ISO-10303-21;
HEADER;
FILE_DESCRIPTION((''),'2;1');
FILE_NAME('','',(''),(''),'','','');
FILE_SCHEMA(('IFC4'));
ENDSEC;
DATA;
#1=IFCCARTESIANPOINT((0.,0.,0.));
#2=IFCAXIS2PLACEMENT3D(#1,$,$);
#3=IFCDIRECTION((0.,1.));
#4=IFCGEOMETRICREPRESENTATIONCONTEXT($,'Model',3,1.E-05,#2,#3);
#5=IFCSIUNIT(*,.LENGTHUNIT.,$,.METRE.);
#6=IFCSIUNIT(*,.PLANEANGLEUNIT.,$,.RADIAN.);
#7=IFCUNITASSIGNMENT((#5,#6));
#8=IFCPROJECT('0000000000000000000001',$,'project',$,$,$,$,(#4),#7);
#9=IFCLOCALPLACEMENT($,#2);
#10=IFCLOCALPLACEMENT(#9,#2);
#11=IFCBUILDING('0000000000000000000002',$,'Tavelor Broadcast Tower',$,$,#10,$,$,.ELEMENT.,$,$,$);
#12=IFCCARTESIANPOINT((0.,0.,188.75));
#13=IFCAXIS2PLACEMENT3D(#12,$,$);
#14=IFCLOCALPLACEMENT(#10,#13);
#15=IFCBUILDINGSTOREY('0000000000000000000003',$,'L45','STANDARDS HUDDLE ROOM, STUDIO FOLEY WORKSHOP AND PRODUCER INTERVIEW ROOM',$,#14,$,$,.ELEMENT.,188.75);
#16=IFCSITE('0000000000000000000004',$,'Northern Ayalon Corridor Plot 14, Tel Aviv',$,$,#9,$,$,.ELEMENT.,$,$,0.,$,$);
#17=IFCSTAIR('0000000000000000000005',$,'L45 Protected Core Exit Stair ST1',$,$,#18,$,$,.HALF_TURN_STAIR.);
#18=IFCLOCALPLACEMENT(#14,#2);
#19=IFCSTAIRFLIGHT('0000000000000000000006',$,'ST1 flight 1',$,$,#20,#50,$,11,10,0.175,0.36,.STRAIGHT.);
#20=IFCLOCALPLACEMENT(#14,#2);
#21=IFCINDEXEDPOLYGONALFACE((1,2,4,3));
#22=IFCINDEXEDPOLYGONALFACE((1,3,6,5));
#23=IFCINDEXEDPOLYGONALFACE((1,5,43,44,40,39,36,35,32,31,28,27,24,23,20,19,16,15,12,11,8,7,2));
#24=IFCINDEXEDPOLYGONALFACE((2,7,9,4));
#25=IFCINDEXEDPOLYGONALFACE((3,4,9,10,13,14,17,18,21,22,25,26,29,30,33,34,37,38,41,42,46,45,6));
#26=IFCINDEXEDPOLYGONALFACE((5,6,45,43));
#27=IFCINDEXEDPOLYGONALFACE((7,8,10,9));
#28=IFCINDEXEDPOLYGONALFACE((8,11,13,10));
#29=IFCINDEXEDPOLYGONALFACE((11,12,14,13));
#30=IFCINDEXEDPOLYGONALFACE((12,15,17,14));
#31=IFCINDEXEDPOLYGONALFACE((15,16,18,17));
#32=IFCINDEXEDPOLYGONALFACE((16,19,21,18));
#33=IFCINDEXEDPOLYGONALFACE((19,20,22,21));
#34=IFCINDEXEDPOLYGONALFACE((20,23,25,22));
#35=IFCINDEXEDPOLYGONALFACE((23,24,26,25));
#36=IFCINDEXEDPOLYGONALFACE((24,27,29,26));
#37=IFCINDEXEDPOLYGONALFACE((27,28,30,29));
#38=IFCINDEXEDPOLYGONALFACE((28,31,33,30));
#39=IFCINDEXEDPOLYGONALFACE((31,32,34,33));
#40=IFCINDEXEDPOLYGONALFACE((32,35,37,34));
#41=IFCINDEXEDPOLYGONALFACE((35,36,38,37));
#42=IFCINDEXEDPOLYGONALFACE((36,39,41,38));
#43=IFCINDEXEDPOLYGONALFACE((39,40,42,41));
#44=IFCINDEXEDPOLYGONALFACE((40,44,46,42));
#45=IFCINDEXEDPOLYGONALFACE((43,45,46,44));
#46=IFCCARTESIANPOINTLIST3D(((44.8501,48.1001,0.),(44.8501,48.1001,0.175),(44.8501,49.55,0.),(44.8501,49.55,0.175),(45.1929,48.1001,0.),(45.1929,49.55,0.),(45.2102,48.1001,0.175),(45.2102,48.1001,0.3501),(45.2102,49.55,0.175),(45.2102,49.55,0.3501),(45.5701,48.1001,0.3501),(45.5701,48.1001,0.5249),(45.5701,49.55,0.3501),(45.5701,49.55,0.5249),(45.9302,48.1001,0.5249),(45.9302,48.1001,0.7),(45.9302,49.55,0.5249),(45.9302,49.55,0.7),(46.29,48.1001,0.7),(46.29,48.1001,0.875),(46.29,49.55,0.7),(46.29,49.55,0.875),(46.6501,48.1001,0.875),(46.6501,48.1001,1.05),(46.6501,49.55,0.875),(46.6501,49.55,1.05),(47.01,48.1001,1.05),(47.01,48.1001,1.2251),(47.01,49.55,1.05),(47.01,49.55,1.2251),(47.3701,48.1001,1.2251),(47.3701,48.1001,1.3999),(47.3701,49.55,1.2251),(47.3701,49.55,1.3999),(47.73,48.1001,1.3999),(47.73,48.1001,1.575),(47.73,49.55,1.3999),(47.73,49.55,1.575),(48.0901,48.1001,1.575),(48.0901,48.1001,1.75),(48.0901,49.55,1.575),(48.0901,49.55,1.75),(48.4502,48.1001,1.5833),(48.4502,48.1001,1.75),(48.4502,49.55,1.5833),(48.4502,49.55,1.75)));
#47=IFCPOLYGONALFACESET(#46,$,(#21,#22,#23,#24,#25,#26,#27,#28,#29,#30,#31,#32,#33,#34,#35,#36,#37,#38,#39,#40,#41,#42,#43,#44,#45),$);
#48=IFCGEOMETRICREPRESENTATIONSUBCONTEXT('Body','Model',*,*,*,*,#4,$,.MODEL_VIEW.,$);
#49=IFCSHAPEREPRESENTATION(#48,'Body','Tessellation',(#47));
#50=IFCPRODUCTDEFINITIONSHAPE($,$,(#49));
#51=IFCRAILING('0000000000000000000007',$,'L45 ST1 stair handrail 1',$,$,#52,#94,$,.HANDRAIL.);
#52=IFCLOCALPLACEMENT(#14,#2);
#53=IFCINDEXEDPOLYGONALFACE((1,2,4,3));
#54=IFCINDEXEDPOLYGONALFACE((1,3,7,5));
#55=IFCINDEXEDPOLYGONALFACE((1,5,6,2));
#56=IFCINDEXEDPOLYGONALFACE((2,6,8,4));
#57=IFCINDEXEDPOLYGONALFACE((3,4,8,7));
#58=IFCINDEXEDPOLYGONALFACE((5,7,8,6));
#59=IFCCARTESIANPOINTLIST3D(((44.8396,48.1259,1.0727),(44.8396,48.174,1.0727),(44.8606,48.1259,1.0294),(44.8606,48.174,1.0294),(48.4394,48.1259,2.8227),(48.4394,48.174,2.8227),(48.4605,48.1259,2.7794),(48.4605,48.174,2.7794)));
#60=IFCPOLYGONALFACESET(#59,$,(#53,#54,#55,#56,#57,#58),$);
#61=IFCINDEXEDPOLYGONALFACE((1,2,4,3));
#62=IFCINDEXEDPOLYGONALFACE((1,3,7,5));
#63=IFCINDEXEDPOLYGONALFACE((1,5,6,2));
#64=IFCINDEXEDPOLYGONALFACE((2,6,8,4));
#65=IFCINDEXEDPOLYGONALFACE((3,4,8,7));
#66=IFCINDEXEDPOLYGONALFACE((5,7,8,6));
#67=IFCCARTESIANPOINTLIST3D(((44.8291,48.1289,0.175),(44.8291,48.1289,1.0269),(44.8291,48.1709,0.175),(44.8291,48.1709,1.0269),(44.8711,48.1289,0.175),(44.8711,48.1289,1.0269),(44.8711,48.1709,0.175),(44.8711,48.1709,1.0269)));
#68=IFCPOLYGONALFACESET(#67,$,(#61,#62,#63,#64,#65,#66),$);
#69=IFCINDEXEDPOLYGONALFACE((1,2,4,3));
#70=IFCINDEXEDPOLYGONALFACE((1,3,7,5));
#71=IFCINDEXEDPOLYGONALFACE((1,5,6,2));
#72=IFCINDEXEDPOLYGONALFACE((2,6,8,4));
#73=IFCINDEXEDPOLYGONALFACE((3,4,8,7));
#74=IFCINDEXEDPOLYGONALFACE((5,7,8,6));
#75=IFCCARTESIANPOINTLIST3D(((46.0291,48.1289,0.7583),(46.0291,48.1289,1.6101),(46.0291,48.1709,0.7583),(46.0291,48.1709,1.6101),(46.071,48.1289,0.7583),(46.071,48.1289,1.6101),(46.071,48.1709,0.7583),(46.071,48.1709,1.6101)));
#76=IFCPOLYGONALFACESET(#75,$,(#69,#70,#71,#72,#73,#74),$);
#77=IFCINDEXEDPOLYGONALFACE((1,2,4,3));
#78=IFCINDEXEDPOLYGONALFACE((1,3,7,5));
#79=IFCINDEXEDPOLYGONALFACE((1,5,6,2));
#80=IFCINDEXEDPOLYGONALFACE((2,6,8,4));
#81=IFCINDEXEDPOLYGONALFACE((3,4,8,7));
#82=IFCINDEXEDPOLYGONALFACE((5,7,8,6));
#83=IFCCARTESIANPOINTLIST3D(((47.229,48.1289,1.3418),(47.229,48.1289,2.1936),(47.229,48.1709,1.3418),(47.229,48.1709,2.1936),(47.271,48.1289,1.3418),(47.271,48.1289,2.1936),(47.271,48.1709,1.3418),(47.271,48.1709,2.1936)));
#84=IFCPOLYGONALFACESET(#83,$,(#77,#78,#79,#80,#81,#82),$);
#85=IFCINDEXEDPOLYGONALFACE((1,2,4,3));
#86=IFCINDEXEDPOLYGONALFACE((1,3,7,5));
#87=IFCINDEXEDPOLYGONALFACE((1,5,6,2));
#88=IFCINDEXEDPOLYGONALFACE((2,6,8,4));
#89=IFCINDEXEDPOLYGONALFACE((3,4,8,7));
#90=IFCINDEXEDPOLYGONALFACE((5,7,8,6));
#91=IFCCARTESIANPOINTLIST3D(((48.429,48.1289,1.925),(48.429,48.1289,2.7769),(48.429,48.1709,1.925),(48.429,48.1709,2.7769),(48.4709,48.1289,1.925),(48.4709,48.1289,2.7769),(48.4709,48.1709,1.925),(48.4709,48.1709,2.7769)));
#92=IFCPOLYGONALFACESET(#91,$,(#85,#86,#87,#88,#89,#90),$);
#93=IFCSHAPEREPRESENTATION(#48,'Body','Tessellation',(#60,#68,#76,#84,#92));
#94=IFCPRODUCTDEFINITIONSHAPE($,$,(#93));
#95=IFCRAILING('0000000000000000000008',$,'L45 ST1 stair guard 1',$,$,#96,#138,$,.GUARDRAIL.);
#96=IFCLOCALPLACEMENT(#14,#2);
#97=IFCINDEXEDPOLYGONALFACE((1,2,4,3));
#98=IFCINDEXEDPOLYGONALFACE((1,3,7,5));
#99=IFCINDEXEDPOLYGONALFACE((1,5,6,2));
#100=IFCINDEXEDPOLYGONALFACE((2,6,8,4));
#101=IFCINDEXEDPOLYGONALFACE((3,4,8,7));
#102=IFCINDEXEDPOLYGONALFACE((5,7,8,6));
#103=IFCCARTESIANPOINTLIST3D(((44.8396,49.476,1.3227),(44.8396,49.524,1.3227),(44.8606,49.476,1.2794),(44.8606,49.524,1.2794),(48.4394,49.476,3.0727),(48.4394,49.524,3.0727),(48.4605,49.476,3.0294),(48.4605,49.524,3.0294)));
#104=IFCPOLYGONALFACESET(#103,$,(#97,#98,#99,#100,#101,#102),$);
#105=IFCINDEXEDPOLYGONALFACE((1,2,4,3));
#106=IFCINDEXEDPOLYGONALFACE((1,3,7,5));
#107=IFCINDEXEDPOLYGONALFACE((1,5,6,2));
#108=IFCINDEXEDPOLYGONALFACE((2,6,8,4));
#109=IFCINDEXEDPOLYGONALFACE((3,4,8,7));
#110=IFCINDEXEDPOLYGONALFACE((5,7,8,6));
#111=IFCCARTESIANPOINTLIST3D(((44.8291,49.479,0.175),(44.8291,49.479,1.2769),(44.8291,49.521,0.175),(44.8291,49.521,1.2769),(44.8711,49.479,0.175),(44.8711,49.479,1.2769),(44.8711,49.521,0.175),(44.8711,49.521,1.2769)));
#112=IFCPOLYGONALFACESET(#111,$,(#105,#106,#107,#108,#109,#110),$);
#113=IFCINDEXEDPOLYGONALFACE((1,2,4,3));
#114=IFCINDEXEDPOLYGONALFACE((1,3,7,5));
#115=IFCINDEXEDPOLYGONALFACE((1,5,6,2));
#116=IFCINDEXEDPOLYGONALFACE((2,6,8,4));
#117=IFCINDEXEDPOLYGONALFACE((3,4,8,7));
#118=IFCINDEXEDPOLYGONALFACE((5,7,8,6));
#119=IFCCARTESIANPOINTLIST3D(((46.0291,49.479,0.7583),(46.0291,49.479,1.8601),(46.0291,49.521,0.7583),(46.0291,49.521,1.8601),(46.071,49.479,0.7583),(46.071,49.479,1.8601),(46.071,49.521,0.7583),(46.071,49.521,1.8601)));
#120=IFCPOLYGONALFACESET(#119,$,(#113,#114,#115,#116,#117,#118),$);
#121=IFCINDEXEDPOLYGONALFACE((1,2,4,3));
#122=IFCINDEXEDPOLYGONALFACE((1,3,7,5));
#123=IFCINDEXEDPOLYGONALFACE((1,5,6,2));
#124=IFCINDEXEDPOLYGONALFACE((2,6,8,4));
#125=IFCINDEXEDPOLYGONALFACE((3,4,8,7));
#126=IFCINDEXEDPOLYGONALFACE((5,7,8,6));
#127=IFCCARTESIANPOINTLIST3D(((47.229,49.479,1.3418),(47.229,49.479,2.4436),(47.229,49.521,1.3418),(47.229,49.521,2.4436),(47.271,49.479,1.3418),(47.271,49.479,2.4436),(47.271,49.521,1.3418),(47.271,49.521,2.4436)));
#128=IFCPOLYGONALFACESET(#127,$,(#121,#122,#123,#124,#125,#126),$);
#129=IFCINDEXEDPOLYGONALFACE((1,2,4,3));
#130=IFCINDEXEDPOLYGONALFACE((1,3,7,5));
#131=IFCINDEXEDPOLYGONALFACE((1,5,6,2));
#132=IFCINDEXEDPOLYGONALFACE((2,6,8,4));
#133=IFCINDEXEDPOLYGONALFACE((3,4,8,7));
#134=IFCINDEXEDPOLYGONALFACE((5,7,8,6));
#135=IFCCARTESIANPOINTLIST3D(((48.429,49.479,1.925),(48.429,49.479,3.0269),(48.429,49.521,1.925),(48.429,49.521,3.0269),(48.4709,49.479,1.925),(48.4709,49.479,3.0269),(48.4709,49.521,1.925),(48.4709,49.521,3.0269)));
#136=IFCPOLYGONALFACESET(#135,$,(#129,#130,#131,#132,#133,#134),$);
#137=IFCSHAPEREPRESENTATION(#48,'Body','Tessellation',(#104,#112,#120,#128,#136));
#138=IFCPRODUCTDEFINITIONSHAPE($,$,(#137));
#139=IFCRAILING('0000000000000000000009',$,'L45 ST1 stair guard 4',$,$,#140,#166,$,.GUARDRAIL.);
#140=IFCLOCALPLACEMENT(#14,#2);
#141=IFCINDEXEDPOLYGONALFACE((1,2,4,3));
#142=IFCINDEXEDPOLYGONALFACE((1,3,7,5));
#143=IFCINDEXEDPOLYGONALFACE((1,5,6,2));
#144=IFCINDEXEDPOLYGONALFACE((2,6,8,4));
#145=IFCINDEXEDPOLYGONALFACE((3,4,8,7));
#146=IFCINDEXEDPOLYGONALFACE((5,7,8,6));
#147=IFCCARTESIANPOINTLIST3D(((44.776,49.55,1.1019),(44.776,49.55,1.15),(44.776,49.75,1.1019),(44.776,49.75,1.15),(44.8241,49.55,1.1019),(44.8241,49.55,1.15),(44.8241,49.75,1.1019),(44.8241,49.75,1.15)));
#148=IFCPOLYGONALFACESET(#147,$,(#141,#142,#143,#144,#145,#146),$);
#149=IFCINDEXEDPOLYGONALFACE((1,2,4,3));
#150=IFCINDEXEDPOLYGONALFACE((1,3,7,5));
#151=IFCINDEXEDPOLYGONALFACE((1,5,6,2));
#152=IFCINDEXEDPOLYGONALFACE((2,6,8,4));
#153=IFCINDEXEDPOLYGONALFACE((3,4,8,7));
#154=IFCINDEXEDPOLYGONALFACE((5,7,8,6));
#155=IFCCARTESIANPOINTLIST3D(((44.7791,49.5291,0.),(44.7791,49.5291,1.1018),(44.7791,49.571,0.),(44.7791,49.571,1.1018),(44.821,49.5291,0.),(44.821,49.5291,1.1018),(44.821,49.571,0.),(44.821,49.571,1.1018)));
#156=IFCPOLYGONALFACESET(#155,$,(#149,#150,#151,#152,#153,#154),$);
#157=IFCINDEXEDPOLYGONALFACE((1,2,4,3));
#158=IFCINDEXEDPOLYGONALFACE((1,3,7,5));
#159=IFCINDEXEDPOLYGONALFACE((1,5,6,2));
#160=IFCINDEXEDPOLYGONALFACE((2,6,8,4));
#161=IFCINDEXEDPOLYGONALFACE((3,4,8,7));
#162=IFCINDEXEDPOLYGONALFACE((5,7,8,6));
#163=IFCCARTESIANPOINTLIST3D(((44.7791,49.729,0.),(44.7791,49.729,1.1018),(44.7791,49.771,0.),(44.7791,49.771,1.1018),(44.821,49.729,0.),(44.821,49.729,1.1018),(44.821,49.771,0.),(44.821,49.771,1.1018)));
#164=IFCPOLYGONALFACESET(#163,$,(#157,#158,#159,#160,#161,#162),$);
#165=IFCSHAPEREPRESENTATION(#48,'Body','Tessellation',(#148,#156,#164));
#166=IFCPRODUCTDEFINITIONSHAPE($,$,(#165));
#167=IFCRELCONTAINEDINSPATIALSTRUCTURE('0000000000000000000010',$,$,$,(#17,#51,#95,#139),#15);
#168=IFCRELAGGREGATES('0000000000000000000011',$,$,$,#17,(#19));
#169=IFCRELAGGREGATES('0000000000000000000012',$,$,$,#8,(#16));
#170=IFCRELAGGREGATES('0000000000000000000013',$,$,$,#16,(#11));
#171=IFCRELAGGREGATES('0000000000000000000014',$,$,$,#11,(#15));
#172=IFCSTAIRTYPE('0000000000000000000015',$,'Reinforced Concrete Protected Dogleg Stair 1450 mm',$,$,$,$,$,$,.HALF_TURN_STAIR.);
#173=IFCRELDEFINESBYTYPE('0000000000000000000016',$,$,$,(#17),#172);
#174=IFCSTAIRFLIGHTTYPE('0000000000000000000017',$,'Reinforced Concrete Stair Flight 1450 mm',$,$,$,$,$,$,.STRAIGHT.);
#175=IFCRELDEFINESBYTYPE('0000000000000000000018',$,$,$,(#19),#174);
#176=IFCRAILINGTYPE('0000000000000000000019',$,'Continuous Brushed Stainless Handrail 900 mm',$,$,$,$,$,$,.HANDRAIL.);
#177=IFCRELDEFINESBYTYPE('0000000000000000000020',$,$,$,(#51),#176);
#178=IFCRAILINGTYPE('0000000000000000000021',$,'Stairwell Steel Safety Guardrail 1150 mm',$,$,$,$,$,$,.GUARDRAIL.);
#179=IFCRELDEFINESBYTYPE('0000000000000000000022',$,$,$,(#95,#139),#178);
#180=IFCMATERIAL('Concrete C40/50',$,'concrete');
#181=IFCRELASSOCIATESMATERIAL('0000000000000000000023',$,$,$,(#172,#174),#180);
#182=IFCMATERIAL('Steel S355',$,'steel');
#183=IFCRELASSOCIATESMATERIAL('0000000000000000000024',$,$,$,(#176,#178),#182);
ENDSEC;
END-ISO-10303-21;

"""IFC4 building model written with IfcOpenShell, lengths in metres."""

from ifc_helpers import new_model, si_unit, direction, frame, origin, origin_2d, place, context, subcontext, project, spatial, polyline, rectangle, outline, extrude, material, type_object, element, aggregate, save


model = new_model("IFC4")

# Units and contexts
model_context = context("Model", 3, precision=1e-05, world=origin(), true_north=direction((0.0, 1.0)))
body_context = subcontext(model_context, "Body", "Model", "MODEL_VIEW")
ifc_project = project(units=[si_unit("LENGTHUNIT", "METRE"), si_unit("PLANEANGLEUNIT", "RADIAN")], contexts=[model_context])

# Site, building, storey
site_placement = place(None, origin())
site = spatial("IfcSite", under=ifc_project, at=site_placement, Name="Northern Ayalon Corridor Plot 14, Tel Aviv", CompositionType="ELEMENT", RefElevation=0.0)
building_placement = place(site_placement, origin())
building = spatial("IfcBuilding", under=site, at=building_placement, Name="Tavelor Broadcast Tower", CompositionType="ELEMENT")
storey_placement = place(building_placement, frame((0.0, 0.0, 188.75)))
storey = spatial("IfcBuildingStorey", under=building, at=storey_placement, Name="L45", Description="STANDARDS HUDDLE ROOM, STUDIO FOLEY WORKSHOP AND PRODUCER INTERVIEW ROOM", CompositionType="ELEMENT", Elevation=188.75)

# Shared definitions
ifc_material_1 = material(Name="Steel S355", Category="steel")

# Stair, stair flight
ifc_material_2 = material(Name="Concrete C40/50", Category="concrete")
stair_type = type_object("IfcStairType", Name="Reinforced Concrete Protected Dogleg Stair 1450 mm", PredefinedType="HALF_TURN_STAIR", material=ifc_material_2)
stair_placement = place(storey_placement, origin())
stair = element("IfcStair", 1, at=stair_placement, inside=storey, type_object=stair_type, Name="L45 Protected Core Exit Stair ST1", PredefinedType="HALF_TURN_STAIR")
stair_flight_type = type_object("IfcStairFlightType", Name="Reinforced Concrete Stair Flight 1450 mm", PredefinedType="STRAIGHT", material=ifc_material_2)
stair_flight_placement = place(storey_placement, frame((44.8501, 48.825, 0.0), z_axis=(0.0, 0.0, 1.0), x_axis=(1.0, 0.0, 0.0)))
stair_flight = element("IfcStairFlight", 2, at=stair_flight_placement, type_object=stair_flight_type, Name="ST1 flight 1", NumberOfRisers=11, NumberOfTreads=10, PredefinedType="STRAIGHT", RiserHeight=0.175, TreadLength=0.36, context=body_context, shape_type="SweptSolid", body=[
    extrude(outline(polyline([(0.0, 0.0), (0.0, 0.175), (0.3601, 0.175), (0.3601, 0.3501), (0.72, 0.3501), (0.72, 0.5249), (1.0801, 0.5249), (1.0801, 0.7), (1.4399, 0.7), (1.4399, 0.875), (1.8, 0.875), (1.8, 1.05), (2.1599, 1.05), (2.1599, 1.2251), (2.52, 1.2251), (2.52, 1.3999), (2.8799, 1.3999), (2.8799, 1.575), (3.24, 1.575), (3.24, 1.75), (3.6001, 1.75), (3.6001, 1.925), (3.6001, 1.5833), (0.3428, 0.0), (0.0, 0.0)])), frame((0.0, 0.7251, 0.0), z_axis=(0.0, -1.0, 0.0), x_axis=(1.0, 0.0, 0.0)), (0.0, 0.0, 1.0), 1.45),
])
aggregate(stair, [stair_flight])

# Railings
railing_type_1 = type_object("IfcRailingType", Name="Continuous Brushed Stainless Handrail 900 mm", PredefinedType="HANDRAIL", material=ifc_material_1)
railing_1_placement = place(storey_placement, frame((44.8501, 48.1499, 0.175)))
element("IfcRailing", 3, at=railing_1_placement, inside=storey, type_object=railing_type_1, Name="L45 ST1 stair handrail 1", PredefinedType="HANDRAIL", context=body_context, shape_type="SweptSolid", body=[
    extrude(rectangle(XDim=0.0481, YDim=0.0481, at=origin_2d()), frame((0.0, 0.0, 0.876), z_axis=(0.899361, 0.0, 0.437207), x_axis=(0.0, 1.0, 0.0)), (0.0, 0.0, 1.0), 4.0027),
    extrude(rectangle(XDim=0.042, YDim=0.042, at=origin_2d()), origin(), (0.0, 0.0, 1.0), 0.8518),
    extrude(rectangle(XDim=0.042, YDim=0.042, at=origin_2d()), frame((1.2, 0.0, 0.5833)), (0.0, 0.0, 1.0), 0.8518),
    extrude(rectangle(XDim=0.042, YDim=0.042, at=origin_2d()), frame((2.3999, 0.0, 1.1667)), (0.0, 0.0, 1.0), 0.8518),
    extrude(rectangle(XDim=0.042, YDim=0.042, at=origin_2d()), frame((3.5999, 0.0, 1.75)), (0.0, 0.0, 1.0), 0.8518),
])
railing_type_2 = type_object("IfcRailingType", Name="Stairwell Steel Safety Guardrail 1150 mm", PredefinedType="GUARDRAIL", material=ifc_material_1)
railing_2_placement = place(storey_placement, frame((44.8501, 49.5, 0.175)))
element("IfcRailing", 4, at=railing_2_placement, inside=storey, type_object=railing_type_2, Name="L45 ST1 stair guard 1", PredefinedType="GUARDRAIL", context=body_context, shape_type="SweptSolid", body=[
    extrude(rectangle(XDim=0.0481, YDim=0.0481, at=origin_2d()), frame((0.0, 0.0, 1.126), z_axis=(0.899361, 0.0, 0.437207), x_axis=(0.0, 1.0, 0.0)), (0.0, 0.0, 1.0), 4.0027),
    extrude(rectangle(XDim=0.042, YDim=0.042, at=origin_2d()), origin(), (0.0, 0.0, 1.0), 1.1018),
    extrude(rectangle(XDim=0.042, YDim=0.042, at=origin_2d()), frame((1.2, 0.0, 0.5833)), (0.0, 0.0, 1.0), 1.1018),
    extrude(rectangle(XDim=0.042, YDim=0.042, at=origin_2d()), frame((2.3999, 0.0, 1.1667)), (0.0, 0.0, 1.0), 1.1018),
    extrude(rectangle(XDim=0.042, YDim=0.042, at=origin_2d()), frame((3.5999, 0.0, 1.75)), (0.0, 0.0, 1.0), 1.1018),
])
railing_3_placement = place(storey_placement, frame((44.8, 49.55, 0.0)))
element("IfcRailing", 5, at=railing_3_placement, inside=storey, type_object=railing_type_2, Name="L45 ST1 stair guard 4", PredefinedType="GUARDRAIL", context=body_context, shape_type="SweptSolid", body=[
    extrude(rectangle(XDim=0.0481, YDim=0.0481, at=origin_2d()), frame((0.0, 0.0, 1.126), z_axis=(0.0, 1.0, 0.0), x_axis=(-1.0, 0.0, 0.0)), (0.0, 0.0, 1.0), 0.2),
    extrude(rectangle(XDim=0.042, YDim=0.042, at=origin_2d()), origin(), (0.0, 0.0, 1.0), 1.1018),
    extrude(rectangle(XDim=0.042, YDim=0.042, at=origin_2d()), frame((0.0, 0.2, 0.0)), (0.0, 0.0, 1.0), 1.1018),
])

save(model, "model.ifc")
